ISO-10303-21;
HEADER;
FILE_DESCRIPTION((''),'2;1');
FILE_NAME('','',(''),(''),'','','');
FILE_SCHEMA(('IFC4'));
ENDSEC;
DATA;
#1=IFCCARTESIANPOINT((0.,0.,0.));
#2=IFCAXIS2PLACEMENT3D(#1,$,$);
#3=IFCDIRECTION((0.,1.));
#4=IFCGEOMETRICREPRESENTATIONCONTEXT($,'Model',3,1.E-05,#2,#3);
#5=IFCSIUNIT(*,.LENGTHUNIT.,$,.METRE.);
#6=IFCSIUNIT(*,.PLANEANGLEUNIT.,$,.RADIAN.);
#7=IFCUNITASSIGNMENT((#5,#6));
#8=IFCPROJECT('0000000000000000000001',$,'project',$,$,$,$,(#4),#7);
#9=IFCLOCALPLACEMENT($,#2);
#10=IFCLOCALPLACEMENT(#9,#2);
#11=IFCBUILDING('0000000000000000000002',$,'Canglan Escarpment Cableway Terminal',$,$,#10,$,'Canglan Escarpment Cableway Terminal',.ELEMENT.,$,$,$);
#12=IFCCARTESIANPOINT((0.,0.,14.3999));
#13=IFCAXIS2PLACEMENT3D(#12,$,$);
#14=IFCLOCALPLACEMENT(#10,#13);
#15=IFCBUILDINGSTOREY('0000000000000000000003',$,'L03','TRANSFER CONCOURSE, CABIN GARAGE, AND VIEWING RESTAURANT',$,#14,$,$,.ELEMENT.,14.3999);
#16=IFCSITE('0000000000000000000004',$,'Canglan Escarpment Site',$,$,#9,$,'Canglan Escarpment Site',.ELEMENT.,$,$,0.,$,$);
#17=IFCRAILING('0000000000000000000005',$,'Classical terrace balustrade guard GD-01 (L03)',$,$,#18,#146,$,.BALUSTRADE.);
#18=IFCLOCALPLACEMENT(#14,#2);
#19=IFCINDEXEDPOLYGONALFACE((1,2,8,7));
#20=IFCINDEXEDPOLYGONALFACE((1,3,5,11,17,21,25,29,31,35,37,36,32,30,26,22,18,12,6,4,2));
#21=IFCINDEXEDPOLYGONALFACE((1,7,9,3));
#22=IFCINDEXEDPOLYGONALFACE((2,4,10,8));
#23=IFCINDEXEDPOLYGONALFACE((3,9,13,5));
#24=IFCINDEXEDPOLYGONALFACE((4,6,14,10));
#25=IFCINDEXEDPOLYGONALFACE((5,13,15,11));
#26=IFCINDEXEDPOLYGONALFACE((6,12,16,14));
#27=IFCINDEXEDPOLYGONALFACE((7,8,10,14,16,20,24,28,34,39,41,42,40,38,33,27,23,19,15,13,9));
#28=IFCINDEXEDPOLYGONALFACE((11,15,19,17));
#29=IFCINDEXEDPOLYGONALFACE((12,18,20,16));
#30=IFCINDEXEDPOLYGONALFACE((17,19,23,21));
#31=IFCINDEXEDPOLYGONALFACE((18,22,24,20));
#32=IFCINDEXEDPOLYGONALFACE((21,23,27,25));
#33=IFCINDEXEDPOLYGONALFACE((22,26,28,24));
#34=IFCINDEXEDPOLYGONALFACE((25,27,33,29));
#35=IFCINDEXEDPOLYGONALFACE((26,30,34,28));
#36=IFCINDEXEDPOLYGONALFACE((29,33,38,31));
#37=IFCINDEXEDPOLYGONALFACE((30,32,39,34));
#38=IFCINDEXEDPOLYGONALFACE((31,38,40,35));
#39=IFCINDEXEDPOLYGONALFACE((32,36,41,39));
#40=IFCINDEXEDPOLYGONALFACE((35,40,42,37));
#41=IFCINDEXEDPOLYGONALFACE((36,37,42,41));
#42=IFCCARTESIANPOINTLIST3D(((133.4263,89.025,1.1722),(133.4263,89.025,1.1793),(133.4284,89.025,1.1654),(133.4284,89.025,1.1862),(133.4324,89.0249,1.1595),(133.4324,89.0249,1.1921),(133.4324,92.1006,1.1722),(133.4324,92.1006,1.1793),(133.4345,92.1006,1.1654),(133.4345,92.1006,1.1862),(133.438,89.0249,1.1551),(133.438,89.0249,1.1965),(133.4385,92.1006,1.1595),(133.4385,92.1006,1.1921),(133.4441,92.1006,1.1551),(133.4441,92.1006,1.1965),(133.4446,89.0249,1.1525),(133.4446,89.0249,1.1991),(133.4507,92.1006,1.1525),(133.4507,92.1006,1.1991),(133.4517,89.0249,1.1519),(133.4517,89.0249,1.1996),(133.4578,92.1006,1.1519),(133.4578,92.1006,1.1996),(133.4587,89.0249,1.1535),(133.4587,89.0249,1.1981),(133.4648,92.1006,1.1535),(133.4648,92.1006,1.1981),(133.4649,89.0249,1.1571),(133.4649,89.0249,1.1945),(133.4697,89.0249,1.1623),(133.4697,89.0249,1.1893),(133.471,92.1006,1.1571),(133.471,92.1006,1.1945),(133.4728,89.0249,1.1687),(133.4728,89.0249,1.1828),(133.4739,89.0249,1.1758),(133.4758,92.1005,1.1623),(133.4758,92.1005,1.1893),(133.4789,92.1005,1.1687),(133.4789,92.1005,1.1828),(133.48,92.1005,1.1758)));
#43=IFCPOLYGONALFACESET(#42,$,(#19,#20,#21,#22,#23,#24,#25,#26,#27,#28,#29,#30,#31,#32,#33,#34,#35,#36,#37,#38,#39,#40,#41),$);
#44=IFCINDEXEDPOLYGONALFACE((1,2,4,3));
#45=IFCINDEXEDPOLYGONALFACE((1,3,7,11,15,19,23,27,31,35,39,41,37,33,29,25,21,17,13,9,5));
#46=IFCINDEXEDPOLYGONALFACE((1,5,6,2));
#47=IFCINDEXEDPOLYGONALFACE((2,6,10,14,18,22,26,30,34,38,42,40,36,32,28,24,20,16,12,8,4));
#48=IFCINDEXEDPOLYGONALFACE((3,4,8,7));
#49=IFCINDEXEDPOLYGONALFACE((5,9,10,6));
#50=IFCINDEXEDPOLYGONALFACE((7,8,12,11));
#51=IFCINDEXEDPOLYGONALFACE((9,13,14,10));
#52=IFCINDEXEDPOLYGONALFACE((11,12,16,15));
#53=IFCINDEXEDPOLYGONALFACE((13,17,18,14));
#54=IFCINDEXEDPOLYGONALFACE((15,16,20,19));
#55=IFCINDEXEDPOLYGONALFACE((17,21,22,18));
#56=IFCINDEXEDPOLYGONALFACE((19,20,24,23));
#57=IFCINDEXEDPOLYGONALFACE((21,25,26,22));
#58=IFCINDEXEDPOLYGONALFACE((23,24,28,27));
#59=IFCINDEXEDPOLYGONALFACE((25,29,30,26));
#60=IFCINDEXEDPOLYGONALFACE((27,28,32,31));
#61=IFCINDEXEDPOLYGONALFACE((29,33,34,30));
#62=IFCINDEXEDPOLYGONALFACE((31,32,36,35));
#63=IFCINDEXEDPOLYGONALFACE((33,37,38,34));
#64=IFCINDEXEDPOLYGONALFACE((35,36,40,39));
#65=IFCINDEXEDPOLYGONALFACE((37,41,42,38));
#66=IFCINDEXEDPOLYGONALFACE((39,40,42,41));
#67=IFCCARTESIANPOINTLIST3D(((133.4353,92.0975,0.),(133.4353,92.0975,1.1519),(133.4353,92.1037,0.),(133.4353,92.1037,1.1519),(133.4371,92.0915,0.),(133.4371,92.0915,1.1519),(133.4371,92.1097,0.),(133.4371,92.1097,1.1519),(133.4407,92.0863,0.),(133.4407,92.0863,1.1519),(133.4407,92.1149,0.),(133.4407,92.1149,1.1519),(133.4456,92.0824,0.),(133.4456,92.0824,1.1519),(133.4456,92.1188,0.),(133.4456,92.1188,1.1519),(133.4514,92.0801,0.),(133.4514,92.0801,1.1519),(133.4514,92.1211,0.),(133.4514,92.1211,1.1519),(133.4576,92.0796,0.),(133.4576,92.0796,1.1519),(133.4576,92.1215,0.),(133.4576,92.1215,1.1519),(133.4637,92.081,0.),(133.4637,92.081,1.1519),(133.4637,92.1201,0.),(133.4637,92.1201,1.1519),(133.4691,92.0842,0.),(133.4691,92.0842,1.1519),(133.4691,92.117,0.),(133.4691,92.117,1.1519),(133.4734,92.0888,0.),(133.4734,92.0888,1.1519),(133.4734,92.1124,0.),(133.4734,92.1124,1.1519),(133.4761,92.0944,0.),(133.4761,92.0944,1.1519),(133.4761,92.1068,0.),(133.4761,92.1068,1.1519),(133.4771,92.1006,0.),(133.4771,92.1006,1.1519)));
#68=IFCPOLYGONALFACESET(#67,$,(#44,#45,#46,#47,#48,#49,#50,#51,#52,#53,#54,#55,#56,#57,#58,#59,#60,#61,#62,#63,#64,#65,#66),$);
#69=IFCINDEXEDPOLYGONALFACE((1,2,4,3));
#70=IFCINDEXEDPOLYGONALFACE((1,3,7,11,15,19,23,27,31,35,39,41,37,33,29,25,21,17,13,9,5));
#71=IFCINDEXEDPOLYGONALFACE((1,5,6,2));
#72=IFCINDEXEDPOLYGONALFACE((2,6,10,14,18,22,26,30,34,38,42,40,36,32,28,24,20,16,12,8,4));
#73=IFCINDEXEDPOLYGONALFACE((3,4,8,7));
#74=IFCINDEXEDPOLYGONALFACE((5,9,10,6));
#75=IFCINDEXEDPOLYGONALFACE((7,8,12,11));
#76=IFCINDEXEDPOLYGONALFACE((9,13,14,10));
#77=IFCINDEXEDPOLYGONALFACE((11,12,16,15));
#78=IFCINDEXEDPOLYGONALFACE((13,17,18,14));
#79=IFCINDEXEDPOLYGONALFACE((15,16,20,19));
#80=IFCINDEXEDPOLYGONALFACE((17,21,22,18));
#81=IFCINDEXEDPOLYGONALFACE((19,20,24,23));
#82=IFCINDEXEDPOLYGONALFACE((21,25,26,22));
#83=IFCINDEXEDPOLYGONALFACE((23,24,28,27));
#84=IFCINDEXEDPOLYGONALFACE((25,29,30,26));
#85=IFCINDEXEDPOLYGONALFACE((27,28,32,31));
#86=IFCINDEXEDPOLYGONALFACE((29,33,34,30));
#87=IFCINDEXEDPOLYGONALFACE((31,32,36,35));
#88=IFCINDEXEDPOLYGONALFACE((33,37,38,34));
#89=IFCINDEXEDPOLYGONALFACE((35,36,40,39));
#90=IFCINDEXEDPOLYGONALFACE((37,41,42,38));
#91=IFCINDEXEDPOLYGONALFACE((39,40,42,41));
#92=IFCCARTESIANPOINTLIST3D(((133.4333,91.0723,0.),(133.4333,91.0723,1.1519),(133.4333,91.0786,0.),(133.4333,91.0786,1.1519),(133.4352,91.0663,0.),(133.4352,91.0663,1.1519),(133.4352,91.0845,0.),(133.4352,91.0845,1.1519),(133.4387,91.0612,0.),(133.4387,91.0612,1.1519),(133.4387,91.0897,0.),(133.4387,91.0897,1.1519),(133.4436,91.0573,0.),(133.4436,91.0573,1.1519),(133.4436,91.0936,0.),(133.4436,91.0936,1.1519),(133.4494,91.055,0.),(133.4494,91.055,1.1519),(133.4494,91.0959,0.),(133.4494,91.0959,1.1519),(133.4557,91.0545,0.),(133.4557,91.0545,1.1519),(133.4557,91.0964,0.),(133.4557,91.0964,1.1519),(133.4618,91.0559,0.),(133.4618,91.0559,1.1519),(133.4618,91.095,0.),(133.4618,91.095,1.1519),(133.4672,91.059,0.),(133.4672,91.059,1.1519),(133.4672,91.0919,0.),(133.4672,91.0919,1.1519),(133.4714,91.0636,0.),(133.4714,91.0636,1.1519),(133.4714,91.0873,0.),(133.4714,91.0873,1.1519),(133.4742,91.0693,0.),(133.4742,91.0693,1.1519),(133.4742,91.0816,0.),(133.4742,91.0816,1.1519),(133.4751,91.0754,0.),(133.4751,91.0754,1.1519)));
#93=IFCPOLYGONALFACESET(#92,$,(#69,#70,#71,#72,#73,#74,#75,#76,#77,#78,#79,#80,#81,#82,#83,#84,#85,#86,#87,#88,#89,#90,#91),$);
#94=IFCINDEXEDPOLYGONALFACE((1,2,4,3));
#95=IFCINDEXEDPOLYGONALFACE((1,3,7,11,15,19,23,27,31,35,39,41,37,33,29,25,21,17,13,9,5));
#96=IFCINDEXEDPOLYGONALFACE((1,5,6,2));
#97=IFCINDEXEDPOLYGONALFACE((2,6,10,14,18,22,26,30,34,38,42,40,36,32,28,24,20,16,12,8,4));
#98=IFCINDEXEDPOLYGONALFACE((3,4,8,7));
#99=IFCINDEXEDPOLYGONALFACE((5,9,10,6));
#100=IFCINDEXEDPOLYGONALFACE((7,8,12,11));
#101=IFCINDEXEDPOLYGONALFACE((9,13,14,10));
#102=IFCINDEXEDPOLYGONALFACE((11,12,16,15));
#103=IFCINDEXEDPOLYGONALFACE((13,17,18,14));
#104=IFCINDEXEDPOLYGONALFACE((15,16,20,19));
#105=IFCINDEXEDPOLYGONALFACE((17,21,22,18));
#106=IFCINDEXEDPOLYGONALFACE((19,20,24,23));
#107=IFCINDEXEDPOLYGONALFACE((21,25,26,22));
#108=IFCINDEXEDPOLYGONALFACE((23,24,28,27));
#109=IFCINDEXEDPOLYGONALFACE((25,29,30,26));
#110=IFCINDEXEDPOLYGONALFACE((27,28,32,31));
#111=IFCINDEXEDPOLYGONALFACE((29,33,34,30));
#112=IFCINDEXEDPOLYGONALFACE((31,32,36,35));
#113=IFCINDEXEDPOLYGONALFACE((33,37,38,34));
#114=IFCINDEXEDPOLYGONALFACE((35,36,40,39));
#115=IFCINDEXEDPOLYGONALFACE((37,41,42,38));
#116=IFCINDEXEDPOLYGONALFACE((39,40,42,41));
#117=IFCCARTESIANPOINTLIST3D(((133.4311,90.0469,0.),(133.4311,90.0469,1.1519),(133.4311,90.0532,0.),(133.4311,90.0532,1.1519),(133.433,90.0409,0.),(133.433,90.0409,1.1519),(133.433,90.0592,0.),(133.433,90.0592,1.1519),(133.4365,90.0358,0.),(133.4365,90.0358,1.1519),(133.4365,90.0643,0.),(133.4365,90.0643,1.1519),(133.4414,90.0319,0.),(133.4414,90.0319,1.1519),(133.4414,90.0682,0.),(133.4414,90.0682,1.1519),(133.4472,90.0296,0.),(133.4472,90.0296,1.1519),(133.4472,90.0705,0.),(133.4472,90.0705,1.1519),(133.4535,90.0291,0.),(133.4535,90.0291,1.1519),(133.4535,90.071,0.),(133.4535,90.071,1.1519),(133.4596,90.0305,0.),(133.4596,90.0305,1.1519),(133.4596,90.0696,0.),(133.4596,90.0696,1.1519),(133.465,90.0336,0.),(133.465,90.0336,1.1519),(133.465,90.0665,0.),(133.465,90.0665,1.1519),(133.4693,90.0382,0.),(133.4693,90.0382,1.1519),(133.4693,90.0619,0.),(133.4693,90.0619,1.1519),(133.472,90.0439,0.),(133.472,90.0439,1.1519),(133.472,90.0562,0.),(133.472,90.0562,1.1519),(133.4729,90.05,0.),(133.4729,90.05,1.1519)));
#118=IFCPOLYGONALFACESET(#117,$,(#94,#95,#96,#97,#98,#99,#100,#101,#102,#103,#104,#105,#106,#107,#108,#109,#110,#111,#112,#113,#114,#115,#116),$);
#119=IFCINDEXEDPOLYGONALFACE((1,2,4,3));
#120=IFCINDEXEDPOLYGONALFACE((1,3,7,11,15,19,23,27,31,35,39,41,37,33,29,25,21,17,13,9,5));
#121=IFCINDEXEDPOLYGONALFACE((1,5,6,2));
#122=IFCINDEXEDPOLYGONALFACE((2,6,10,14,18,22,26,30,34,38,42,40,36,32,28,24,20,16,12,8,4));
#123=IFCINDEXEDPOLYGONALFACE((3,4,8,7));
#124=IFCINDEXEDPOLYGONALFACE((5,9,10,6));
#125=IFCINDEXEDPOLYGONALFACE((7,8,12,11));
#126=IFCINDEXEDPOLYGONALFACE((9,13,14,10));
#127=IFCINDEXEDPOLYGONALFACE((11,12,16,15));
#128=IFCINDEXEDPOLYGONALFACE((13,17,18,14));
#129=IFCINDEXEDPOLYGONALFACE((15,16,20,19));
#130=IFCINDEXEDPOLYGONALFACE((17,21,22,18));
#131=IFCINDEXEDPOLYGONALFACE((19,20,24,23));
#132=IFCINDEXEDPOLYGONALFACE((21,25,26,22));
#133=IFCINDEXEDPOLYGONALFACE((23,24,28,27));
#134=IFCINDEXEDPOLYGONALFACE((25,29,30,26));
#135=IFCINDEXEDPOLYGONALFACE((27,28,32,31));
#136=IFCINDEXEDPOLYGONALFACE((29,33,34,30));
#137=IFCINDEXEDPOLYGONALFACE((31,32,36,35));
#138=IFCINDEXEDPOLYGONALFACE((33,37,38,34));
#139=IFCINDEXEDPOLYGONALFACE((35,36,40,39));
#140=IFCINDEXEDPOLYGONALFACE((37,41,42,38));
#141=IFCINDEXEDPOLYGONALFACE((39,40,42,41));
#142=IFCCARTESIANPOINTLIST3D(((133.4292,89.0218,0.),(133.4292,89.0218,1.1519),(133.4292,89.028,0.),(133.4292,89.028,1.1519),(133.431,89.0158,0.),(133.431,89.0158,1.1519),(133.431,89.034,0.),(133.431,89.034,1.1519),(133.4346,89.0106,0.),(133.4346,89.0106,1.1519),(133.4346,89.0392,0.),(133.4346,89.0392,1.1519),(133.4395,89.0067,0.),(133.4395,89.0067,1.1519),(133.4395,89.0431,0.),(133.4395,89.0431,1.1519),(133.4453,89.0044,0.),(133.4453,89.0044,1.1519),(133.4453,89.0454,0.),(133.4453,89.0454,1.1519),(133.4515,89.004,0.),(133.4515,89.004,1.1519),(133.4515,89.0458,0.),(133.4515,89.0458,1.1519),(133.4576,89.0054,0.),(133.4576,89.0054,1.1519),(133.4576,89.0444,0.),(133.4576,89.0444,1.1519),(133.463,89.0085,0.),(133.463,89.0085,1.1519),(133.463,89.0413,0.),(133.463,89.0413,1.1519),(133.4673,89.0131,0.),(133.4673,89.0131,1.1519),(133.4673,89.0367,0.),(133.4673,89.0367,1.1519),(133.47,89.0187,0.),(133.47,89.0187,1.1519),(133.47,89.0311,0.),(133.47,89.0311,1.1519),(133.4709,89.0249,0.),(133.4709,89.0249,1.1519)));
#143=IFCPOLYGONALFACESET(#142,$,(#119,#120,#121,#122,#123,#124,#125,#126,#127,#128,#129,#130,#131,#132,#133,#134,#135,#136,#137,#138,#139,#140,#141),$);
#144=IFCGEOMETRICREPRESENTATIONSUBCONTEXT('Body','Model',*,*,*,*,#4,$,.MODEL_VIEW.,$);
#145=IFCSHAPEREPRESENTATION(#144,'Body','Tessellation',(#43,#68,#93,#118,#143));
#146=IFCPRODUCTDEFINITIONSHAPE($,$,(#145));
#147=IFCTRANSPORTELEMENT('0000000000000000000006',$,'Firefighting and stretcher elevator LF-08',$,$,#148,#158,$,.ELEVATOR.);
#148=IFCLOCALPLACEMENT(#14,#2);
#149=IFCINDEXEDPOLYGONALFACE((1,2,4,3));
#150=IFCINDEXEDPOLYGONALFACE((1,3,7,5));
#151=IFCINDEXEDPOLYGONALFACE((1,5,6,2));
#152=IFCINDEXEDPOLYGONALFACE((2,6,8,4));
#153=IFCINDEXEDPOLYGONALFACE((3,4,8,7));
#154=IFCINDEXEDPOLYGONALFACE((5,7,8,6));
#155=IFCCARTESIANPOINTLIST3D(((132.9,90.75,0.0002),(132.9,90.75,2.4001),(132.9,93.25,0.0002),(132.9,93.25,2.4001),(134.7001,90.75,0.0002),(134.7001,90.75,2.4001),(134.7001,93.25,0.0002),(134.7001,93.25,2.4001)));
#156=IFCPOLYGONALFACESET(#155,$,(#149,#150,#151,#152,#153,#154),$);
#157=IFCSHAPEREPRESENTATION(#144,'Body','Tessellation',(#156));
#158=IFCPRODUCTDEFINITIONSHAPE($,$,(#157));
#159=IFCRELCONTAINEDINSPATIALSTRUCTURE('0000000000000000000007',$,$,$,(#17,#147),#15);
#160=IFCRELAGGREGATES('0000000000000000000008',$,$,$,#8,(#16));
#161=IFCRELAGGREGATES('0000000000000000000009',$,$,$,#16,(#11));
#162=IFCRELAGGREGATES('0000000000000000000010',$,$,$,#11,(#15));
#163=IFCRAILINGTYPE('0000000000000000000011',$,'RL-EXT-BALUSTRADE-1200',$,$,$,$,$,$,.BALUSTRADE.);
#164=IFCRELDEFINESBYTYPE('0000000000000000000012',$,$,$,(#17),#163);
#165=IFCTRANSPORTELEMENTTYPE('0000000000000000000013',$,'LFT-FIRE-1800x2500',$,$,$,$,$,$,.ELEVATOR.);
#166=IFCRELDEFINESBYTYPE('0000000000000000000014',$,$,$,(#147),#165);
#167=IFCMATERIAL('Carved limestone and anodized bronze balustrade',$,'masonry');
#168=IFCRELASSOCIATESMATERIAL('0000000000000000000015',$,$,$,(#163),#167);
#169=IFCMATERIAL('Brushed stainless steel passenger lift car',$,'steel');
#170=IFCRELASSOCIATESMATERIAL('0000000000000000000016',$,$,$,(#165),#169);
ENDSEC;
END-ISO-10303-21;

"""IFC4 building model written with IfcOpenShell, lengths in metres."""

from ifc_helpers import new_model, si_unit, direction, frame, origin, origin_2d, place, context, subcontext, project, spatial, rectangle, circle, extrude, material, type_object, element, save


model = new_model("IFC4")

# Units and contexts
model_context = context("Model", 3, precision=1e-05, world=origin(), true_north=direction((0.0, 1.0)))
body_context = subcontext(model_context, "Body", "Model", "MODEL_VIEW")
ifc_project = project(units=[si_unit("LENGTHUNIT", "METRE"), si_unit("PLANEANGLEUNIT", "RADIAN")], contexts=[model_context])

# Site, building, storey
site_placement = place(None, origin())
site = spatial("IfcSite", under=ifc_project, at=site_placement, Name="Canglan Escarpment Site", LongName="Canglan Escarpment Site", CompositionType="ELEMENT", RefElevation=0.0)
building_placement = place(site_placement, origin())
building = spatial("IfcBuilding", under=site, at=building_placement, Name="Canglan Escarpment Cableway Terminal", LongName="Canglan Escarpment Cableway Terminal", CompositionType="ELEMENT")
storey_placement = place(building_placement, frame((0.0, 0.0, 14.3999)))
storey = spatial("IfcBuildingStorey", under=building, at=storey_placement, Name="L03", Description="TRANSFER CONCOURSE, CABIN GARAGE, AND VIEWING RESTAURANT", CompositionType="ELEMENT", Elevation=14.3999)

# Railing
ifc_material_1 = material(Name="Carved limestone and anodized bronze balustrade", Category="masonry")
railing_type = type_object("IfcRailingType", Name="RL-EXT-BALUSTRADE-1200", PredefinedType="BALUSTRADE", material=ifc_material_1)
railing_1_placement = place(storey_placement, frame((133.4561, 92.1006, 0.0)))
element("IfcRailing", 1, at=railing_1_placement, inside=storey, type_object=railing_type, Name="Classical terrace balustrade guard GD-01 (L03)", PredefinedType="BALUSTRADE", context=body_context, shape_type="SweptSolid", body=[
    extrude(circle(Radius=0.0239, at=origin_2d()), frame((0.0, 0.0, 1.1758), z_axis=(-0.001984, -0.999998, 0.0), x_axis=(0.999998, -0.001984, 0.0)), (0.0, 0.0, 1.0), 3.0757),
    extrude(circle(Radius=0.021, at=origin_2d()), origin(), (0.0, 0.0, 1.0), 1.1519),
    extrude(circle(Radius=0.021, at=origin_2d()), frame((-0.002, -1.0251, 0.0)), (0.0, 0.0, 1.0), 1.1519),
    extrude(circle(Radius=0.021, at=origin_2d()), frame((-0.0042, -2.0505, 0.0)), (0.0, 0.0, 1.0), 1.1519),
    extrude(circle(Radius=0.021, at=origin_2d()), frame((-0.0061, -3.0757, 0.0)), (0.0, 0.0, 1.0), 1.1519),
])

# Transport element
ifc_material_2 = material(Name="Brushed stainless steel passenger lift car", Category="steel")
transport_element_type = type_object("IfcTransportElementType", Name="LFT-FIRE-1800x2500", PredefinedType="ELEVATOR", material=ifc_material_2)
transport_element_placement = place(storey_placement, frame((133.8, 92.0, 0.0002), z_axis=(0.0, 0.0, 1.0), x_axis=(1.0, 0.0, 0.0)))
element("IfcTransportElement", 2, at=transport_element_placement, inside=storey, type_object=transport_element_type, Name="Firefighting and stretcher elevator LF-08", PredefinedType="ELEVATOR", context=body_context, shape_type="SweptSolid", body=[
    extrude(rectangle(XDim=1.8, YDim=2.5, at=origin_2d()), origin(), (0.0, 0.0, 1.0), 2.3999),
])

save(model, "model.ifc")
